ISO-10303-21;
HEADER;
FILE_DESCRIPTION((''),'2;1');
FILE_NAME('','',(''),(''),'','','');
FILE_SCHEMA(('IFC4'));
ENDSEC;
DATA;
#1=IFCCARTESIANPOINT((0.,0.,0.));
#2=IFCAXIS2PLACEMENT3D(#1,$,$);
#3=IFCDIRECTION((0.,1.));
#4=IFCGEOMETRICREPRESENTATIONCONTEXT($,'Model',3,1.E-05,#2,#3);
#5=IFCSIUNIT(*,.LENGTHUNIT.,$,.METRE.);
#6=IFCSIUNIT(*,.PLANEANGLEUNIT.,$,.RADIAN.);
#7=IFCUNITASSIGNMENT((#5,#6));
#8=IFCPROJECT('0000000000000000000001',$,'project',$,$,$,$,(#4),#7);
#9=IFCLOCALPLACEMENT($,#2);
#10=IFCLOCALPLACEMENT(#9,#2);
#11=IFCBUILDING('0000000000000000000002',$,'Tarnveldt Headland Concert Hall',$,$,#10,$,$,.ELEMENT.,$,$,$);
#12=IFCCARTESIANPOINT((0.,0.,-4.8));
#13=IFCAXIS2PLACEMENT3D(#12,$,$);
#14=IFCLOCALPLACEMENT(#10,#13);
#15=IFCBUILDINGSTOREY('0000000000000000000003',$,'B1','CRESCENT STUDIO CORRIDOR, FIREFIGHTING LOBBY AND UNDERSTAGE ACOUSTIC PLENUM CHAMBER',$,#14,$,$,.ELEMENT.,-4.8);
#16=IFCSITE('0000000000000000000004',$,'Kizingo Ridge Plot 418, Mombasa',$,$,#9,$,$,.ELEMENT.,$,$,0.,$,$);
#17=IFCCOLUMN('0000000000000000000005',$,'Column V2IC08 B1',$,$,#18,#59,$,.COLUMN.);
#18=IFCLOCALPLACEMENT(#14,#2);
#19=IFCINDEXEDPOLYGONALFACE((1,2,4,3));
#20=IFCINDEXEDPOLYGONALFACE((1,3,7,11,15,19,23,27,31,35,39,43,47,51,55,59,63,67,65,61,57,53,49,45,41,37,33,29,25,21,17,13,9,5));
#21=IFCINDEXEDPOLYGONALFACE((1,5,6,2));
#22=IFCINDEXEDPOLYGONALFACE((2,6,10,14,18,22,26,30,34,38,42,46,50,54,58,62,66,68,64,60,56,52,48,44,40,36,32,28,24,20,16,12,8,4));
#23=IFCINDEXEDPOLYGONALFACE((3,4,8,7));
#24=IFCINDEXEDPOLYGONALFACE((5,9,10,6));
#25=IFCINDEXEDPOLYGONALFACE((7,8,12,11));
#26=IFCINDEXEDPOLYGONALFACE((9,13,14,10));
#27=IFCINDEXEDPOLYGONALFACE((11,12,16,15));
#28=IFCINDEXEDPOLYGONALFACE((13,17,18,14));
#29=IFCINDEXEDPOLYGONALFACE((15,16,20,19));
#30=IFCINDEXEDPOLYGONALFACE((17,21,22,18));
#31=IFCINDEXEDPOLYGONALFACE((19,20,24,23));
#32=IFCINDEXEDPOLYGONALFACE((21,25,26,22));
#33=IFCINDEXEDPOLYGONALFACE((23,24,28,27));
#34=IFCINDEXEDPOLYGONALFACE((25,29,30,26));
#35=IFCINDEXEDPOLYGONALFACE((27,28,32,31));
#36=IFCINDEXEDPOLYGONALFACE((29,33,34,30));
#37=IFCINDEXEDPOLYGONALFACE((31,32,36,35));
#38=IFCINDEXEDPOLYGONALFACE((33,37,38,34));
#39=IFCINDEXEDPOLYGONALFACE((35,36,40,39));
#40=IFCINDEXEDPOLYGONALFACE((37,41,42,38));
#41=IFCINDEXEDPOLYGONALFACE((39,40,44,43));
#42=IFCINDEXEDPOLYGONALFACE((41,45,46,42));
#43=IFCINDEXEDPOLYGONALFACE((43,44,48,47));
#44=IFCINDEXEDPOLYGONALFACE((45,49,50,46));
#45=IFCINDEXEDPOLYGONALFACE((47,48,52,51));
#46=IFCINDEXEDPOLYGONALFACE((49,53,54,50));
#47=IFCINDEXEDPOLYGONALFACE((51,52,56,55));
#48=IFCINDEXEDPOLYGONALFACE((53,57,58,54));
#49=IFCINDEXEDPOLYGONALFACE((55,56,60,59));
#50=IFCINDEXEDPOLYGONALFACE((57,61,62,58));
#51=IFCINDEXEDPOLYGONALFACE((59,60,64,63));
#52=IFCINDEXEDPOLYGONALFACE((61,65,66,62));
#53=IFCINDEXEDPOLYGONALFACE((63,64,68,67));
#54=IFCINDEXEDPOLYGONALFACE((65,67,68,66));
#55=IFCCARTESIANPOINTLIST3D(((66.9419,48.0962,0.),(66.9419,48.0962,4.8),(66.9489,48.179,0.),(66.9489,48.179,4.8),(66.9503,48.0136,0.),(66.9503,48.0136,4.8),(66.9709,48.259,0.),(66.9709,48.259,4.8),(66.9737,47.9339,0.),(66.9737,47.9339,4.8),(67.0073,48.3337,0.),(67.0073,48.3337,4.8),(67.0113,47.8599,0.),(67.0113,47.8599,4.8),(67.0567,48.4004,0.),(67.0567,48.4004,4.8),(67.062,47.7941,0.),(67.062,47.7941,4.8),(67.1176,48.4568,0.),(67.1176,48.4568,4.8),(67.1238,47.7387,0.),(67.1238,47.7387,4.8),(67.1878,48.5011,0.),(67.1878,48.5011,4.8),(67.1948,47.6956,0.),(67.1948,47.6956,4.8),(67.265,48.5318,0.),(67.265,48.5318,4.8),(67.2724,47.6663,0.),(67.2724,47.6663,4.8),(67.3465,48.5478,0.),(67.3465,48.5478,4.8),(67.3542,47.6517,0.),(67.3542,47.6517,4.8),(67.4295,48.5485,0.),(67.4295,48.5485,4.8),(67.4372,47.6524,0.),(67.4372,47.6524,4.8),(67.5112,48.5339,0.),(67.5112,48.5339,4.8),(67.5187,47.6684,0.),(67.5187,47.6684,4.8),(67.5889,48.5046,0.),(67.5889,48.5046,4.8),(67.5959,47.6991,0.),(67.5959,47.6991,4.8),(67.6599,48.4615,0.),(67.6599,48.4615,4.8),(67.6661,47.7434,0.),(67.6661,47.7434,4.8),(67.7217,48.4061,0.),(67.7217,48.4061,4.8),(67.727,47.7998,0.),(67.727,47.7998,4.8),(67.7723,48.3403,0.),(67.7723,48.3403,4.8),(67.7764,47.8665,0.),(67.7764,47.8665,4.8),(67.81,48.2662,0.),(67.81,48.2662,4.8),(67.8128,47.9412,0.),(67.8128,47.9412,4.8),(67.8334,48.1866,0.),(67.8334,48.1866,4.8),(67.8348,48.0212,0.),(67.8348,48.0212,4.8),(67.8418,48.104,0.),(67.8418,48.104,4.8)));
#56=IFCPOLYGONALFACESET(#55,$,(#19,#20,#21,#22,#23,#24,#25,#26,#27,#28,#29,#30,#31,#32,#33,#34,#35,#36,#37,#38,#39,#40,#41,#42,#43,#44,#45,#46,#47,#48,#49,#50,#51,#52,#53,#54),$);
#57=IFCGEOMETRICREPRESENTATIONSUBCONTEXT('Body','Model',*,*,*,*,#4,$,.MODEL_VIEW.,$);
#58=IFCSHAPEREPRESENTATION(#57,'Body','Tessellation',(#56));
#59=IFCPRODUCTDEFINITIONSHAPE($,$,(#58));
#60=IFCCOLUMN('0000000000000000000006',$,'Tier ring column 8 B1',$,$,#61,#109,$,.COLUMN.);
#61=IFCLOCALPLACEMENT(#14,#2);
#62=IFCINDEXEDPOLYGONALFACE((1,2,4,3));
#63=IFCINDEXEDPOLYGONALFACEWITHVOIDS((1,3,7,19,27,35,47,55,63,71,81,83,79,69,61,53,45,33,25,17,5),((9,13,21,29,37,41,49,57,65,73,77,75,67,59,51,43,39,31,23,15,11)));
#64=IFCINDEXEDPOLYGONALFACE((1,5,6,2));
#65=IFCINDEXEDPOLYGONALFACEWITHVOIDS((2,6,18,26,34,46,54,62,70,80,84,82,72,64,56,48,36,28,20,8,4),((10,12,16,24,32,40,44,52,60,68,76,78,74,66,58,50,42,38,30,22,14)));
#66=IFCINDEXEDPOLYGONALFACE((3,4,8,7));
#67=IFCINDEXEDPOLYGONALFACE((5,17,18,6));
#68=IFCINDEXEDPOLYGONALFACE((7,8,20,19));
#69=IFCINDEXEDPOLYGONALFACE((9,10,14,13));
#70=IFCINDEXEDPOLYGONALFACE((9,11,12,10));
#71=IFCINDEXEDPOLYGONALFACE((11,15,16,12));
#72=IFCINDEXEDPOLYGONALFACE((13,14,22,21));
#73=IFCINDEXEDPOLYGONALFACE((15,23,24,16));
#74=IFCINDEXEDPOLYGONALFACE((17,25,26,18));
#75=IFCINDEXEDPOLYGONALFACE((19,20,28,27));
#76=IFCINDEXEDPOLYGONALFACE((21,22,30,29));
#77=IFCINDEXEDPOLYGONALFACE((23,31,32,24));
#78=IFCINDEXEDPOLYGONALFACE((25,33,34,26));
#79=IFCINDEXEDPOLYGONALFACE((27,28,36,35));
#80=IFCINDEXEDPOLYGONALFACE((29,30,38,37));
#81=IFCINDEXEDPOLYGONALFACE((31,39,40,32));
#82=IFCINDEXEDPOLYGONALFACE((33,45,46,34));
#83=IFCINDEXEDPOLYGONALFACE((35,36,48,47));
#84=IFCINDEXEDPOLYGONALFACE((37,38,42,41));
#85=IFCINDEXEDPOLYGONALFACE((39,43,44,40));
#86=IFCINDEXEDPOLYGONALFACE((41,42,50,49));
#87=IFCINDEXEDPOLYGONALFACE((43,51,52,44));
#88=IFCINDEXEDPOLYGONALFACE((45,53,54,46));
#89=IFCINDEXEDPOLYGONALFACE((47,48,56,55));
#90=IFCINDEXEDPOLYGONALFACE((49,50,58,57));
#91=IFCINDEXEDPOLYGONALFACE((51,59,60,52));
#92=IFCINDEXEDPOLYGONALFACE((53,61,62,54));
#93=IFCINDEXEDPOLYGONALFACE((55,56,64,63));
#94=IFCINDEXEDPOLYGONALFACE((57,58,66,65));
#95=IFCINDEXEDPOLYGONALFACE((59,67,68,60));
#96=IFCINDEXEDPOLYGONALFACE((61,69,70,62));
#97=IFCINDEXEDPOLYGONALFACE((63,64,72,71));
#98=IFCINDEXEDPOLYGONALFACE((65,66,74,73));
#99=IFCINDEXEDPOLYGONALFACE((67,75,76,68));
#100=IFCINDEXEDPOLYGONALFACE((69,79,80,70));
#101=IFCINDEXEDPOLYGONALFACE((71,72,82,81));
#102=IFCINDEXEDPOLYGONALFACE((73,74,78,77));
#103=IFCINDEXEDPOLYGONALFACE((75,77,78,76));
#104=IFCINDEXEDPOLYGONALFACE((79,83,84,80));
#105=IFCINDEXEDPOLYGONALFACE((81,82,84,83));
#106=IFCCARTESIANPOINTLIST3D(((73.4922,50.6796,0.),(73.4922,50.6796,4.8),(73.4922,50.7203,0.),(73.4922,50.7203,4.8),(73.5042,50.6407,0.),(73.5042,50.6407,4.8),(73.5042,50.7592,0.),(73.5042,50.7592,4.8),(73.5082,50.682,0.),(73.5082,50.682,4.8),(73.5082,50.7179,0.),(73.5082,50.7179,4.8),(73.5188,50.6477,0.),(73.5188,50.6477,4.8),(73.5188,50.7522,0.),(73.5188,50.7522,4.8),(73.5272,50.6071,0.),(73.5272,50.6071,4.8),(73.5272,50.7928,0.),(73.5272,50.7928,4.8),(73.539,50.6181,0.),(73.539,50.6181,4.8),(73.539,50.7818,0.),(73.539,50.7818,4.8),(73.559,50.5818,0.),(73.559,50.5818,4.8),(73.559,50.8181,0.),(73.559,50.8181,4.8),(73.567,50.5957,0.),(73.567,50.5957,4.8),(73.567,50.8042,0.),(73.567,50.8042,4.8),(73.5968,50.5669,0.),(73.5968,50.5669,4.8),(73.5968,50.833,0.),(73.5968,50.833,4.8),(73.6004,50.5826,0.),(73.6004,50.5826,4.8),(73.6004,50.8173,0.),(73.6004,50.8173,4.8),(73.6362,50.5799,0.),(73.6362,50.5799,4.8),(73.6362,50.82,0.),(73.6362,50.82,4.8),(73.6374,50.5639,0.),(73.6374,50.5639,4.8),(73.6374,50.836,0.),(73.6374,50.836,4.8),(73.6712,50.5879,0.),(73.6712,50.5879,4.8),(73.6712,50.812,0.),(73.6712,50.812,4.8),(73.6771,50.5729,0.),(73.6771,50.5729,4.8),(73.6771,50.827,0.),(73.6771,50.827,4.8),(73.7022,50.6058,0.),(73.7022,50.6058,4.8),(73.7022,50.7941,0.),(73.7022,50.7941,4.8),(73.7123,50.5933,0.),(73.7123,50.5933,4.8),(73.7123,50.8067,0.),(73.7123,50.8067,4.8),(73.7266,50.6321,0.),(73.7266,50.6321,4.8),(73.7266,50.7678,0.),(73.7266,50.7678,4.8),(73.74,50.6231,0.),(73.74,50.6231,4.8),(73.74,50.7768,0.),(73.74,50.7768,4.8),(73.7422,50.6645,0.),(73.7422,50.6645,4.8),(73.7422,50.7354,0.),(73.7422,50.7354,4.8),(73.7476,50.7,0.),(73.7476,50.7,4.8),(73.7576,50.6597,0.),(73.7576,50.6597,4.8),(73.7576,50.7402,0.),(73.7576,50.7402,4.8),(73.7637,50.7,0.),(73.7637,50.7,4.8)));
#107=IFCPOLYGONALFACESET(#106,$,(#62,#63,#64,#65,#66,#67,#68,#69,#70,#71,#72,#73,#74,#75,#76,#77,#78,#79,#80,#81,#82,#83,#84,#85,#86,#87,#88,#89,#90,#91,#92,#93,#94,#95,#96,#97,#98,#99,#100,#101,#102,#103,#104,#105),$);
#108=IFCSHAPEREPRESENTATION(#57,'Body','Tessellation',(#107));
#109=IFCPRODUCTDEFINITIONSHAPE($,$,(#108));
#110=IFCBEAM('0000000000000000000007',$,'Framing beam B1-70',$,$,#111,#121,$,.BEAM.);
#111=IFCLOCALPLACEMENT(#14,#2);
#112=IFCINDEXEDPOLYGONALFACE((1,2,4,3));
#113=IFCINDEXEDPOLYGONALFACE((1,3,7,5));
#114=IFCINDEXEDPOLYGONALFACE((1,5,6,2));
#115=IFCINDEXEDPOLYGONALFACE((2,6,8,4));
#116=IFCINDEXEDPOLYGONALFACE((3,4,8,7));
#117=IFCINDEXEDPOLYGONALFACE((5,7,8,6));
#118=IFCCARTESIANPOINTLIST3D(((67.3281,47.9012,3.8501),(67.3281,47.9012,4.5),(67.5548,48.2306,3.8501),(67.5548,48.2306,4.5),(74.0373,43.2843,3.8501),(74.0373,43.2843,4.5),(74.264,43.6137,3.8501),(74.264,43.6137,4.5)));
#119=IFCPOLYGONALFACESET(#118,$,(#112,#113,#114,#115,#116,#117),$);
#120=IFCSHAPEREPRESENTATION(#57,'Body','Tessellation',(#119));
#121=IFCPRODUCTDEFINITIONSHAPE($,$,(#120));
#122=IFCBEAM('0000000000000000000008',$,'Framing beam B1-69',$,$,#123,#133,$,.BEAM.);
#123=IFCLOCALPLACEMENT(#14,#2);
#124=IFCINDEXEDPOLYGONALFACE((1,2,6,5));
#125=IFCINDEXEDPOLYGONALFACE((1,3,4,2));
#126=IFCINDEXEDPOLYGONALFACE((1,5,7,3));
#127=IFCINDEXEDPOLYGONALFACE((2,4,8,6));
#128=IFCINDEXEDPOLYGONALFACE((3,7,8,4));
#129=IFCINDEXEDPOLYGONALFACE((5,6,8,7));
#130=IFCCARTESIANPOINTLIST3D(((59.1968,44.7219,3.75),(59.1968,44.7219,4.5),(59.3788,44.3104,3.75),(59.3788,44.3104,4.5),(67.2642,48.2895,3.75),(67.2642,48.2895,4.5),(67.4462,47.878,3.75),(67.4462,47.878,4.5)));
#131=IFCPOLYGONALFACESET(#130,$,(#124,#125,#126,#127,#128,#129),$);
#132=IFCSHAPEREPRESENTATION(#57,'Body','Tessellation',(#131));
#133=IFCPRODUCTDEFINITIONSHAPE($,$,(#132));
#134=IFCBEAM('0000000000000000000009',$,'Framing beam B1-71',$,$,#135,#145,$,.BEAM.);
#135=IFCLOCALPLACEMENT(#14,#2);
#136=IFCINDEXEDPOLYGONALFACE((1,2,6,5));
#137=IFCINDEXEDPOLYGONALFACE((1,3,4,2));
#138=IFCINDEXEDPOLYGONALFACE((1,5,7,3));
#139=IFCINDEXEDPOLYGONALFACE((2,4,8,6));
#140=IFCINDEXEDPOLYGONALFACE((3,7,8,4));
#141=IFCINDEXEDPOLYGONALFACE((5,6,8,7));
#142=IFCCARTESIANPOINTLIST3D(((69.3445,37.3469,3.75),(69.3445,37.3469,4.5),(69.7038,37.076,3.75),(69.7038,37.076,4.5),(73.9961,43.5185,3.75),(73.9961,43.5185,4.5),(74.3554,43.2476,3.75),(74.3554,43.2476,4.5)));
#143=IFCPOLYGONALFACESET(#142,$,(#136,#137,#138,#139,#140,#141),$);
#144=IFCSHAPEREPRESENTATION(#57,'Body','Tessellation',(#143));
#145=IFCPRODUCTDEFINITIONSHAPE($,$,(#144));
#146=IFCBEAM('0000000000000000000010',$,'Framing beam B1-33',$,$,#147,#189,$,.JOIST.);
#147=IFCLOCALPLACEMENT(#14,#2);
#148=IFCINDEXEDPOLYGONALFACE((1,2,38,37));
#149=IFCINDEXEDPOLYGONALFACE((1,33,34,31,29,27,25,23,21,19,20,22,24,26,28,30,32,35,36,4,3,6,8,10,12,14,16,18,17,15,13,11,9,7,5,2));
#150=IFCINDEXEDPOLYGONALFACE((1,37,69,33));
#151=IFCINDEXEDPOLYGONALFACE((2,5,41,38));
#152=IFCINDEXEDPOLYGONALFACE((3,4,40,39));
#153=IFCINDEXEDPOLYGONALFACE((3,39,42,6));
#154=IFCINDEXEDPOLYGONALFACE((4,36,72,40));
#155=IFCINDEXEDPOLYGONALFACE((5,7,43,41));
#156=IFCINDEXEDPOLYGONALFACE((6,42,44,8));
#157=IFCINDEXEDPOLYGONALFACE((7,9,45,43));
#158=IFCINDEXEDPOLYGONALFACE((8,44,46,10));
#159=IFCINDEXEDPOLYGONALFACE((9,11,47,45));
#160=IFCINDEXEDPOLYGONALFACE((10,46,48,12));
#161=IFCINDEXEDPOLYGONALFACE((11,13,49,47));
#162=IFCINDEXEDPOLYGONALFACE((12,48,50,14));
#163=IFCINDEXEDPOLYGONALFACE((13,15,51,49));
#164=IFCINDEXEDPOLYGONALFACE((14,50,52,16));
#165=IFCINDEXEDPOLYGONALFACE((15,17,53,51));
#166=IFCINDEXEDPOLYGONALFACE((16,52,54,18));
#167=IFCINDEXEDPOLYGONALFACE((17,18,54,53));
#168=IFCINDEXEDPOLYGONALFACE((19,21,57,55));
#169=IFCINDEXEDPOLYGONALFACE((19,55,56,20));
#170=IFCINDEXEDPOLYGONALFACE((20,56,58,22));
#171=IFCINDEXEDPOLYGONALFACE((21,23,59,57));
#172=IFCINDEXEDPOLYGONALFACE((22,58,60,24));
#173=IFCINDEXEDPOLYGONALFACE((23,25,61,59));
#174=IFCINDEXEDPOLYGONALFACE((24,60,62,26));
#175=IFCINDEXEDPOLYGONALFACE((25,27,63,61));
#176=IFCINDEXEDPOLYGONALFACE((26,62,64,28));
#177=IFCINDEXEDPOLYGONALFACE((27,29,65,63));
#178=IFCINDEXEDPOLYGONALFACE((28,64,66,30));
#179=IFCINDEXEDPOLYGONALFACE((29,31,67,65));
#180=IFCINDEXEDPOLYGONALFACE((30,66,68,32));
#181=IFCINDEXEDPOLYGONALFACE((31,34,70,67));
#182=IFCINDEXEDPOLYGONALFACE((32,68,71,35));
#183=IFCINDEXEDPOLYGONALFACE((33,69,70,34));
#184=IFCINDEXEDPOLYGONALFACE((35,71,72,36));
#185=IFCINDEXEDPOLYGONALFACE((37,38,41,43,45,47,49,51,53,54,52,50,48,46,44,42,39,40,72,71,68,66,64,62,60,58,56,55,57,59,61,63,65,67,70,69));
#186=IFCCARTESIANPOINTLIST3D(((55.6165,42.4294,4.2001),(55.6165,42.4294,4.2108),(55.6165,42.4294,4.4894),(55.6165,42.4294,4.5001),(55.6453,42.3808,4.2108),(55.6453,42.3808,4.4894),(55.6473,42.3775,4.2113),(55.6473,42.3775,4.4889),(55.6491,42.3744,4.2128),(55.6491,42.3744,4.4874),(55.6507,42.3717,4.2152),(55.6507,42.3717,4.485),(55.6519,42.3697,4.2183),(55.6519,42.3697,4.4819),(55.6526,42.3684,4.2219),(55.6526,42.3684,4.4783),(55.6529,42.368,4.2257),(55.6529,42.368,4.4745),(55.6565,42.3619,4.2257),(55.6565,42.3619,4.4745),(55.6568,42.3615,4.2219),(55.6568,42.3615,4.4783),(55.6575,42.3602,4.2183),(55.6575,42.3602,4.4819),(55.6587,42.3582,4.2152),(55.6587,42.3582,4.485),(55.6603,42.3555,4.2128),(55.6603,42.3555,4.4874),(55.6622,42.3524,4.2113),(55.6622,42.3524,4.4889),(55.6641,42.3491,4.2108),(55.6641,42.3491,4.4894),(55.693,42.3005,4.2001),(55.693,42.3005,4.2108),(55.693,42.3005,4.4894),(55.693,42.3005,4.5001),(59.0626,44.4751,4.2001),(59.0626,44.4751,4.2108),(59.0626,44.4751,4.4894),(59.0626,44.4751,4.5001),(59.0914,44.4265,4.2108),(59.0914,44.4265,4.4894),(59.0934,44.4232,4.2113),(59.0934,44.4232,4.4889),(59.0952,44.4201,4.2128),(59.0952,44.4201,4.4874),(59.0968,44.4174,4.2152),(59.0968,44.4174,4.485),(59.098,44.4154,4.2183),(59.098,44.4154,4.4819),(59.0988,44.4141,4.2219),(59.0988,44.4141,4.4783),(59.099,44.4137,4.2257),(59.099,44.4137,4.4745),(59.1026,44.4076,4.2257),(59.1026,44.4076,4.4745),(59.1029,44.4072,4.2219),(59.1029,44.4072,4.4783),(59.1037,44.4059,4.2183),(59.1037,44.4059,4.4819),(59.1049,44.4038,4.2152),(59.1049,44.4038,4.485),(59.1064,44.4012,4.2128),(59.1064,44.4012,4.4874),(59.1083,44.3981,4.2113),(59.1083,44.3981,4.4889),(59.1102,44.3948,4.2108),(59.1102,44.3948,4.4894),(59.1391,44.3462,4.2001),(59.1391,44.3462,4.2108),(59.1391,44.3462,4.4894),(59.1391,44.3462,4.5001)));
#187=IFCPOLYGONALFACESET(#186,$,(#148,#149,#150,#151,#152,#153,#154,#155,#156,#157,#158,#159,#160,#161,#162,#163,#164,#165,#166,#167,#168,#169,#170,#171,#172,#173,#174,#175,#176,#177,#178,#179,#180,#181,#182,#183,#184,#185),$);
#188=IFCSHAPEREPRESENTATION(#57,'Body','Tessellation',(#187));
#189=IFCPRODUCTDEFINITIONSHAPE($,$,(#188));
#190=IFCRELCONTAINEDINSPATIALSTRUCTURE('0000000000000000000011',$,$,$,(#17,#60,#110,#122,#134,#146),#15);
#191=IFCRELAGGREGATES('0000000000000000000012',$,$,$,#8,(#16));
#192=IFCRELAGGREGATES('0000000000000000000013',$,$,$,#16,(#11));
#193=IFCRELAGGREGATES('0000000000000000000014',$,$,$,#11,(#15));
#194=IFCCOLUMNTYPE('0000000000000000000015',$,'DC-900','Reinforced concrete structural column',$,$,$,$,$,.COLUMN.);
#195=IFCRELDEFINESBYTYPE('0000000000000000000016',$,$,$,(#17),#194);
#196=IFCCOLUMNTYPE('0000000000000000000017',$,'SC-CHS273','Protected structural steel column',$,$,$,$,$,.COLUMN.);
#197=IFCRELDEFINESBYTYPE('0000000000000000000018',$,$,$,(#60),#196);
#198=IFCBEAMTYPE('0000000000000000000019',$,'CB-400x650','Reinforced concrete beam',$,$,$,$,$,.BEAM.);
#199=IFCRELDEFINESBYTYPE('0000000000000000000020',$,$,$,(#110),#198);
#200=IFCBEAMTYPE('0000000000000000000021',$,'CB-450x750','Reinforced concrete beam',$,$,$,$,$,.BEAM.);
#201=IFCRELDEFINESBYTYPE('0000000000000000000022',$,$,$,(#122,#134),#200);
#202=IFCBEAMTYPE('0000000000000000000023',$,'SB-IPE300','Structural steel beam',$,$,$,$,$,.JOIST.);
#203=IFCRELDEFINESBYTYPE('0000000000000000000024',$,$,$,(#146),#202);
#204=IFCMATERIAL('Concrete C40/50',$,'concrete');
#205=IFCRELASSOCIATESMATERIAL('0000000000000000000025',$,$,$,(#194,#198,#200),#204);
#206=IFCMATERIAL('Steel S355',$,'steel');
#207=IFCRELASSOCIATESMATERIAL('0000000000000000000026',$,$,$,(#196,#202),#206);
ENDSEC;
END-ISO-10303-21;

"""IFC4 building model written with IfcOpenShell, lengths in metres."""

from ifc_helpers import new_model, si_unit, direction, frame, origin, origin_2d, place, context, subcontext, project, spatial, rectangle, circle, hollow_circle, i_section, extrude, material, material_profile, profile_set, type_object, element, save


model = new_model("IFC4")

# Units and contexts
model_context = context("Model", 3, precision=1e-05, world=origin(), true_north=direction((0.0, 1.0)))
body_context = subcontext(model_context, "Body", "Model", "MODEL_VIEW")
ifc_project = project(units=[si_unit("LENGTHUNIT", "METRE"), si_unit("PLANEANGLEUNIT", "RADIAN")], contexts=[model_context])

# Site, building, storey
site_placement = place(None, origin())
site = spatial("IfcSite", under=ifc_project, at=site_placement, Name="Kizingo Ridge Plot 418, Mombasa", CompositionType="ELEMENT", RefElevation=0.0)
building_placement = place(site_placement, origin())
building = spatial("IfcBuilding", under=site, at=building_placement, Name="Tarnveldt Headland Concert Hall", CompositionType="ELEMENT")
storey_placement = place(building_placement, frame((0.0, 0.0, -4.8)))
storey = spatial("IfcBuildingStorey", under=building, at=storey_placement, Name="B1", Description="CRESCENT STUDIO CORRIDOR, FIREFIGHTING LOBBY AND UNDERSTAGE ACOUSTIC PLENUM CHAMBER", CompositionType="ELEMENT", Elevation=-4.8)

# Shared definitions
ifc_material_1 = material(Name="Concrete C40/50", Category="concrete")

# Columns
ifc_material_profile_1 = material_profile(ifc_material_1, circle(Radius=0.45, at=origin_2d()), Name="RC D900", Category="concrete")
ifc_profile_set_1 = profile_set([ifc_material_profile_1], Name="Concrete C40/50")
column_type_1 = type_object("IfcColumnType", Name="DC-900", Description="Reinforced concrete structural column", PredefinedType="COLUMN", material=ifc_profile_set_1)
column_1_placement = place(storey_placement, frame((67.3918, 48.1001, 0.0), z_axis=(0.0, 0.0, 1.0), x_axis=(-0.929326, -0.36926, 0.0)))
element("IfcColumn", 1, at=column_1_placement, inside=storey, type_object=column_type_1, Name="Column V2IC08 B1", PredefinedType="COLUMN", context=body_context, shape_type="SweptSolid", body=[
    extrude(circle(Radius=0.45, at=origin_2d()), origin(), (0.0, 0.0, 1.0), 4.8),
])
ifc_material_2 = material(Name="Steel S355", Category="steel")
ifc_material_profile_2 = material_profile(ifc_material_2, hollow_circle(Radius=0.1365, WallThickness=0.0161, at=origin_2d()), Name="CHS 273x16", Category="steel")
ifc_profile_set_2 = profile_set([ifc_material_profile_2], Name="Steel S355")
column_type_2 = type_object("IfcColumnType", Name="SC-CHS273", Description="Protected structural steel column", PredefinedType="COLUMN", material=ifc_profile_set_2)
column_2_placement = place(storey_placement, frame((73.6272, 50.7, 0.0), z_axis=(0.0, 0.0, 1.0), x_axis=(1.0, 0.0, 0.0)))
element("IfcColumn", 2, at=column_2_placement, inside=storey, type_object=column_type_2, Name="Tier ring column 8 B1", PredefinedType="COLUMN", context=body_context, shape_type="SweptSolid", body=[
    extrude(hollow_circle(Radius=0.1365, WallThickness=0.0161, at=origin_2d()), origin(), (0.0, 0.0, 1.0), 4.8),
])

# Beams
ifc_material_profile_3 = material_profile(ifc_material_1, rectangle(XDim=0.3999, YDim=0.6499, at=origin_2d()), Name="RC 400x650", Category="concrete")
ifc_profile_set_3 = profile_set([ifc_material_profile_3], Name="Concrete C40/50")
beam_type_1 = type_object("IfcBeamType", Name="CB-400x650", Description="Reinforced concrete beam", PredefinedType="BEAM", material=ifc_profile_set_3)
beam_1_placement = place(storey_placement, frame((67.4414, 48.0659, 4.175), z_axis=(0.823793, -0.566891, 0.0), x_axis=(0.566891, 0.823793, 0.0)))
element("IfcBeam", 3, at=beam_1_placement, inside=storey, type_object=beam_type_1, Name="Framing beam B1-70", PredefinedType="BEAM", context=body_context, shape_type="SweptSolid", body=[
    extrude(rectangle(XDim=0.3999, YDim=0.6499, at=origin_2d()), origin(), (0.0, 0.0, 1.0), 8.1443),
])
ifc_material_profile_4 = material_profile(ifc_material_1, rectangle(XDim=0.45, YDim=0.75, at=origin_2d()), Name="RC 450x750", Category="concrete")
ifc_profile_set_4 = profile_set([ifc_material_profile_4], Name="Concrete C40/50")
beam_type_2 = type_object("IfcBeamType", Name="CB-450x750", Description="Reinforced concrete beam", PredefinedType="BEAM", material=ifc_profile_set_4)
beam_2_placement = place(storey_placement, frame((67.3552, 48.0837, 4.125), z_axis=(-0.914562, -0.404445, 0.0), x_axis=(0.404445, -0.914562, 0.0)))
element("IfcBeam", 4, at=beam_2_placement, inside=storey, type_object=beam_type_2, Name="Framing beam B1-69", PredefinedType="BEAM", context=body_context, shape_type="SweptSolid", body=[
    extrude(rectangle(XDim=0.45, YDim=0.75, at=origin_2d()), origin(), (0.0, 0.0, 1.0), 8.821),
])
beam_3_placement = place(storey_placement, frame((74.1758, 43.3831, 4.125), z_axis=(-0.601894, -0.798576, 0.0), x_axis=(0.798576, -0.601894, 0.0)))
element("IfcBeam", 5, at=beam_3_placement, inside=storey, type_object=beam_type_2, Name="Framing beam B1-71", PredefinedType="BEAM", context=body_context, shape_type="SweptSolid", body=[
    extrude(rectangle(XDim=0.45, YDim=0.75, at=origin_2d()), origin(), (0.0, 0.0, 1.0), 7.7283),
])
ifc_material_profile_5 = material_profile(ifc_material_2, i_section(OverallWidth=0.1499, OverallDepth=0.3, WebThickness=0.0071, FlangeThickness=0.0107, FilletRadius=0.0149, at=origin_2d()), Name="IPE300", Category="steel")
ifc_profile_set_5 = profile_set([ifc_material_profile_5], Name="Steel S355")
beam_type_3 = type_object("IfcBeamType", Name="SB-IPE300", Description="Structural steel beam", PredefinedType="JOIST", material=ifc_profile_set_5)
beam_4_placement = place(storey_placement, frame((59.1008, 44.4106, 4.3501), z_axis=(-0.859902, -0.510459, 0.0), x_axis=(0.510459, -0.859902, 0.0)))
element("IfcBeam", 6, at=beam_4_placement, inside=storey, type_object=beam_type_3, Name="Framing beam B1-33", PredefinedType="JOIST", context=body_context, shape_type="SweptSolid", body=[
    extrude(i_section(OverallWidth=0.1499, OverallDepth=0.3, WebThickness=0.0071, FlangeThickness=0.0107, FilletRadius=0.0149, at=origin_2d()), origin(), (0.0, 0.0, 1.0), 4.0076),
])

save(model, "model.ifc")
